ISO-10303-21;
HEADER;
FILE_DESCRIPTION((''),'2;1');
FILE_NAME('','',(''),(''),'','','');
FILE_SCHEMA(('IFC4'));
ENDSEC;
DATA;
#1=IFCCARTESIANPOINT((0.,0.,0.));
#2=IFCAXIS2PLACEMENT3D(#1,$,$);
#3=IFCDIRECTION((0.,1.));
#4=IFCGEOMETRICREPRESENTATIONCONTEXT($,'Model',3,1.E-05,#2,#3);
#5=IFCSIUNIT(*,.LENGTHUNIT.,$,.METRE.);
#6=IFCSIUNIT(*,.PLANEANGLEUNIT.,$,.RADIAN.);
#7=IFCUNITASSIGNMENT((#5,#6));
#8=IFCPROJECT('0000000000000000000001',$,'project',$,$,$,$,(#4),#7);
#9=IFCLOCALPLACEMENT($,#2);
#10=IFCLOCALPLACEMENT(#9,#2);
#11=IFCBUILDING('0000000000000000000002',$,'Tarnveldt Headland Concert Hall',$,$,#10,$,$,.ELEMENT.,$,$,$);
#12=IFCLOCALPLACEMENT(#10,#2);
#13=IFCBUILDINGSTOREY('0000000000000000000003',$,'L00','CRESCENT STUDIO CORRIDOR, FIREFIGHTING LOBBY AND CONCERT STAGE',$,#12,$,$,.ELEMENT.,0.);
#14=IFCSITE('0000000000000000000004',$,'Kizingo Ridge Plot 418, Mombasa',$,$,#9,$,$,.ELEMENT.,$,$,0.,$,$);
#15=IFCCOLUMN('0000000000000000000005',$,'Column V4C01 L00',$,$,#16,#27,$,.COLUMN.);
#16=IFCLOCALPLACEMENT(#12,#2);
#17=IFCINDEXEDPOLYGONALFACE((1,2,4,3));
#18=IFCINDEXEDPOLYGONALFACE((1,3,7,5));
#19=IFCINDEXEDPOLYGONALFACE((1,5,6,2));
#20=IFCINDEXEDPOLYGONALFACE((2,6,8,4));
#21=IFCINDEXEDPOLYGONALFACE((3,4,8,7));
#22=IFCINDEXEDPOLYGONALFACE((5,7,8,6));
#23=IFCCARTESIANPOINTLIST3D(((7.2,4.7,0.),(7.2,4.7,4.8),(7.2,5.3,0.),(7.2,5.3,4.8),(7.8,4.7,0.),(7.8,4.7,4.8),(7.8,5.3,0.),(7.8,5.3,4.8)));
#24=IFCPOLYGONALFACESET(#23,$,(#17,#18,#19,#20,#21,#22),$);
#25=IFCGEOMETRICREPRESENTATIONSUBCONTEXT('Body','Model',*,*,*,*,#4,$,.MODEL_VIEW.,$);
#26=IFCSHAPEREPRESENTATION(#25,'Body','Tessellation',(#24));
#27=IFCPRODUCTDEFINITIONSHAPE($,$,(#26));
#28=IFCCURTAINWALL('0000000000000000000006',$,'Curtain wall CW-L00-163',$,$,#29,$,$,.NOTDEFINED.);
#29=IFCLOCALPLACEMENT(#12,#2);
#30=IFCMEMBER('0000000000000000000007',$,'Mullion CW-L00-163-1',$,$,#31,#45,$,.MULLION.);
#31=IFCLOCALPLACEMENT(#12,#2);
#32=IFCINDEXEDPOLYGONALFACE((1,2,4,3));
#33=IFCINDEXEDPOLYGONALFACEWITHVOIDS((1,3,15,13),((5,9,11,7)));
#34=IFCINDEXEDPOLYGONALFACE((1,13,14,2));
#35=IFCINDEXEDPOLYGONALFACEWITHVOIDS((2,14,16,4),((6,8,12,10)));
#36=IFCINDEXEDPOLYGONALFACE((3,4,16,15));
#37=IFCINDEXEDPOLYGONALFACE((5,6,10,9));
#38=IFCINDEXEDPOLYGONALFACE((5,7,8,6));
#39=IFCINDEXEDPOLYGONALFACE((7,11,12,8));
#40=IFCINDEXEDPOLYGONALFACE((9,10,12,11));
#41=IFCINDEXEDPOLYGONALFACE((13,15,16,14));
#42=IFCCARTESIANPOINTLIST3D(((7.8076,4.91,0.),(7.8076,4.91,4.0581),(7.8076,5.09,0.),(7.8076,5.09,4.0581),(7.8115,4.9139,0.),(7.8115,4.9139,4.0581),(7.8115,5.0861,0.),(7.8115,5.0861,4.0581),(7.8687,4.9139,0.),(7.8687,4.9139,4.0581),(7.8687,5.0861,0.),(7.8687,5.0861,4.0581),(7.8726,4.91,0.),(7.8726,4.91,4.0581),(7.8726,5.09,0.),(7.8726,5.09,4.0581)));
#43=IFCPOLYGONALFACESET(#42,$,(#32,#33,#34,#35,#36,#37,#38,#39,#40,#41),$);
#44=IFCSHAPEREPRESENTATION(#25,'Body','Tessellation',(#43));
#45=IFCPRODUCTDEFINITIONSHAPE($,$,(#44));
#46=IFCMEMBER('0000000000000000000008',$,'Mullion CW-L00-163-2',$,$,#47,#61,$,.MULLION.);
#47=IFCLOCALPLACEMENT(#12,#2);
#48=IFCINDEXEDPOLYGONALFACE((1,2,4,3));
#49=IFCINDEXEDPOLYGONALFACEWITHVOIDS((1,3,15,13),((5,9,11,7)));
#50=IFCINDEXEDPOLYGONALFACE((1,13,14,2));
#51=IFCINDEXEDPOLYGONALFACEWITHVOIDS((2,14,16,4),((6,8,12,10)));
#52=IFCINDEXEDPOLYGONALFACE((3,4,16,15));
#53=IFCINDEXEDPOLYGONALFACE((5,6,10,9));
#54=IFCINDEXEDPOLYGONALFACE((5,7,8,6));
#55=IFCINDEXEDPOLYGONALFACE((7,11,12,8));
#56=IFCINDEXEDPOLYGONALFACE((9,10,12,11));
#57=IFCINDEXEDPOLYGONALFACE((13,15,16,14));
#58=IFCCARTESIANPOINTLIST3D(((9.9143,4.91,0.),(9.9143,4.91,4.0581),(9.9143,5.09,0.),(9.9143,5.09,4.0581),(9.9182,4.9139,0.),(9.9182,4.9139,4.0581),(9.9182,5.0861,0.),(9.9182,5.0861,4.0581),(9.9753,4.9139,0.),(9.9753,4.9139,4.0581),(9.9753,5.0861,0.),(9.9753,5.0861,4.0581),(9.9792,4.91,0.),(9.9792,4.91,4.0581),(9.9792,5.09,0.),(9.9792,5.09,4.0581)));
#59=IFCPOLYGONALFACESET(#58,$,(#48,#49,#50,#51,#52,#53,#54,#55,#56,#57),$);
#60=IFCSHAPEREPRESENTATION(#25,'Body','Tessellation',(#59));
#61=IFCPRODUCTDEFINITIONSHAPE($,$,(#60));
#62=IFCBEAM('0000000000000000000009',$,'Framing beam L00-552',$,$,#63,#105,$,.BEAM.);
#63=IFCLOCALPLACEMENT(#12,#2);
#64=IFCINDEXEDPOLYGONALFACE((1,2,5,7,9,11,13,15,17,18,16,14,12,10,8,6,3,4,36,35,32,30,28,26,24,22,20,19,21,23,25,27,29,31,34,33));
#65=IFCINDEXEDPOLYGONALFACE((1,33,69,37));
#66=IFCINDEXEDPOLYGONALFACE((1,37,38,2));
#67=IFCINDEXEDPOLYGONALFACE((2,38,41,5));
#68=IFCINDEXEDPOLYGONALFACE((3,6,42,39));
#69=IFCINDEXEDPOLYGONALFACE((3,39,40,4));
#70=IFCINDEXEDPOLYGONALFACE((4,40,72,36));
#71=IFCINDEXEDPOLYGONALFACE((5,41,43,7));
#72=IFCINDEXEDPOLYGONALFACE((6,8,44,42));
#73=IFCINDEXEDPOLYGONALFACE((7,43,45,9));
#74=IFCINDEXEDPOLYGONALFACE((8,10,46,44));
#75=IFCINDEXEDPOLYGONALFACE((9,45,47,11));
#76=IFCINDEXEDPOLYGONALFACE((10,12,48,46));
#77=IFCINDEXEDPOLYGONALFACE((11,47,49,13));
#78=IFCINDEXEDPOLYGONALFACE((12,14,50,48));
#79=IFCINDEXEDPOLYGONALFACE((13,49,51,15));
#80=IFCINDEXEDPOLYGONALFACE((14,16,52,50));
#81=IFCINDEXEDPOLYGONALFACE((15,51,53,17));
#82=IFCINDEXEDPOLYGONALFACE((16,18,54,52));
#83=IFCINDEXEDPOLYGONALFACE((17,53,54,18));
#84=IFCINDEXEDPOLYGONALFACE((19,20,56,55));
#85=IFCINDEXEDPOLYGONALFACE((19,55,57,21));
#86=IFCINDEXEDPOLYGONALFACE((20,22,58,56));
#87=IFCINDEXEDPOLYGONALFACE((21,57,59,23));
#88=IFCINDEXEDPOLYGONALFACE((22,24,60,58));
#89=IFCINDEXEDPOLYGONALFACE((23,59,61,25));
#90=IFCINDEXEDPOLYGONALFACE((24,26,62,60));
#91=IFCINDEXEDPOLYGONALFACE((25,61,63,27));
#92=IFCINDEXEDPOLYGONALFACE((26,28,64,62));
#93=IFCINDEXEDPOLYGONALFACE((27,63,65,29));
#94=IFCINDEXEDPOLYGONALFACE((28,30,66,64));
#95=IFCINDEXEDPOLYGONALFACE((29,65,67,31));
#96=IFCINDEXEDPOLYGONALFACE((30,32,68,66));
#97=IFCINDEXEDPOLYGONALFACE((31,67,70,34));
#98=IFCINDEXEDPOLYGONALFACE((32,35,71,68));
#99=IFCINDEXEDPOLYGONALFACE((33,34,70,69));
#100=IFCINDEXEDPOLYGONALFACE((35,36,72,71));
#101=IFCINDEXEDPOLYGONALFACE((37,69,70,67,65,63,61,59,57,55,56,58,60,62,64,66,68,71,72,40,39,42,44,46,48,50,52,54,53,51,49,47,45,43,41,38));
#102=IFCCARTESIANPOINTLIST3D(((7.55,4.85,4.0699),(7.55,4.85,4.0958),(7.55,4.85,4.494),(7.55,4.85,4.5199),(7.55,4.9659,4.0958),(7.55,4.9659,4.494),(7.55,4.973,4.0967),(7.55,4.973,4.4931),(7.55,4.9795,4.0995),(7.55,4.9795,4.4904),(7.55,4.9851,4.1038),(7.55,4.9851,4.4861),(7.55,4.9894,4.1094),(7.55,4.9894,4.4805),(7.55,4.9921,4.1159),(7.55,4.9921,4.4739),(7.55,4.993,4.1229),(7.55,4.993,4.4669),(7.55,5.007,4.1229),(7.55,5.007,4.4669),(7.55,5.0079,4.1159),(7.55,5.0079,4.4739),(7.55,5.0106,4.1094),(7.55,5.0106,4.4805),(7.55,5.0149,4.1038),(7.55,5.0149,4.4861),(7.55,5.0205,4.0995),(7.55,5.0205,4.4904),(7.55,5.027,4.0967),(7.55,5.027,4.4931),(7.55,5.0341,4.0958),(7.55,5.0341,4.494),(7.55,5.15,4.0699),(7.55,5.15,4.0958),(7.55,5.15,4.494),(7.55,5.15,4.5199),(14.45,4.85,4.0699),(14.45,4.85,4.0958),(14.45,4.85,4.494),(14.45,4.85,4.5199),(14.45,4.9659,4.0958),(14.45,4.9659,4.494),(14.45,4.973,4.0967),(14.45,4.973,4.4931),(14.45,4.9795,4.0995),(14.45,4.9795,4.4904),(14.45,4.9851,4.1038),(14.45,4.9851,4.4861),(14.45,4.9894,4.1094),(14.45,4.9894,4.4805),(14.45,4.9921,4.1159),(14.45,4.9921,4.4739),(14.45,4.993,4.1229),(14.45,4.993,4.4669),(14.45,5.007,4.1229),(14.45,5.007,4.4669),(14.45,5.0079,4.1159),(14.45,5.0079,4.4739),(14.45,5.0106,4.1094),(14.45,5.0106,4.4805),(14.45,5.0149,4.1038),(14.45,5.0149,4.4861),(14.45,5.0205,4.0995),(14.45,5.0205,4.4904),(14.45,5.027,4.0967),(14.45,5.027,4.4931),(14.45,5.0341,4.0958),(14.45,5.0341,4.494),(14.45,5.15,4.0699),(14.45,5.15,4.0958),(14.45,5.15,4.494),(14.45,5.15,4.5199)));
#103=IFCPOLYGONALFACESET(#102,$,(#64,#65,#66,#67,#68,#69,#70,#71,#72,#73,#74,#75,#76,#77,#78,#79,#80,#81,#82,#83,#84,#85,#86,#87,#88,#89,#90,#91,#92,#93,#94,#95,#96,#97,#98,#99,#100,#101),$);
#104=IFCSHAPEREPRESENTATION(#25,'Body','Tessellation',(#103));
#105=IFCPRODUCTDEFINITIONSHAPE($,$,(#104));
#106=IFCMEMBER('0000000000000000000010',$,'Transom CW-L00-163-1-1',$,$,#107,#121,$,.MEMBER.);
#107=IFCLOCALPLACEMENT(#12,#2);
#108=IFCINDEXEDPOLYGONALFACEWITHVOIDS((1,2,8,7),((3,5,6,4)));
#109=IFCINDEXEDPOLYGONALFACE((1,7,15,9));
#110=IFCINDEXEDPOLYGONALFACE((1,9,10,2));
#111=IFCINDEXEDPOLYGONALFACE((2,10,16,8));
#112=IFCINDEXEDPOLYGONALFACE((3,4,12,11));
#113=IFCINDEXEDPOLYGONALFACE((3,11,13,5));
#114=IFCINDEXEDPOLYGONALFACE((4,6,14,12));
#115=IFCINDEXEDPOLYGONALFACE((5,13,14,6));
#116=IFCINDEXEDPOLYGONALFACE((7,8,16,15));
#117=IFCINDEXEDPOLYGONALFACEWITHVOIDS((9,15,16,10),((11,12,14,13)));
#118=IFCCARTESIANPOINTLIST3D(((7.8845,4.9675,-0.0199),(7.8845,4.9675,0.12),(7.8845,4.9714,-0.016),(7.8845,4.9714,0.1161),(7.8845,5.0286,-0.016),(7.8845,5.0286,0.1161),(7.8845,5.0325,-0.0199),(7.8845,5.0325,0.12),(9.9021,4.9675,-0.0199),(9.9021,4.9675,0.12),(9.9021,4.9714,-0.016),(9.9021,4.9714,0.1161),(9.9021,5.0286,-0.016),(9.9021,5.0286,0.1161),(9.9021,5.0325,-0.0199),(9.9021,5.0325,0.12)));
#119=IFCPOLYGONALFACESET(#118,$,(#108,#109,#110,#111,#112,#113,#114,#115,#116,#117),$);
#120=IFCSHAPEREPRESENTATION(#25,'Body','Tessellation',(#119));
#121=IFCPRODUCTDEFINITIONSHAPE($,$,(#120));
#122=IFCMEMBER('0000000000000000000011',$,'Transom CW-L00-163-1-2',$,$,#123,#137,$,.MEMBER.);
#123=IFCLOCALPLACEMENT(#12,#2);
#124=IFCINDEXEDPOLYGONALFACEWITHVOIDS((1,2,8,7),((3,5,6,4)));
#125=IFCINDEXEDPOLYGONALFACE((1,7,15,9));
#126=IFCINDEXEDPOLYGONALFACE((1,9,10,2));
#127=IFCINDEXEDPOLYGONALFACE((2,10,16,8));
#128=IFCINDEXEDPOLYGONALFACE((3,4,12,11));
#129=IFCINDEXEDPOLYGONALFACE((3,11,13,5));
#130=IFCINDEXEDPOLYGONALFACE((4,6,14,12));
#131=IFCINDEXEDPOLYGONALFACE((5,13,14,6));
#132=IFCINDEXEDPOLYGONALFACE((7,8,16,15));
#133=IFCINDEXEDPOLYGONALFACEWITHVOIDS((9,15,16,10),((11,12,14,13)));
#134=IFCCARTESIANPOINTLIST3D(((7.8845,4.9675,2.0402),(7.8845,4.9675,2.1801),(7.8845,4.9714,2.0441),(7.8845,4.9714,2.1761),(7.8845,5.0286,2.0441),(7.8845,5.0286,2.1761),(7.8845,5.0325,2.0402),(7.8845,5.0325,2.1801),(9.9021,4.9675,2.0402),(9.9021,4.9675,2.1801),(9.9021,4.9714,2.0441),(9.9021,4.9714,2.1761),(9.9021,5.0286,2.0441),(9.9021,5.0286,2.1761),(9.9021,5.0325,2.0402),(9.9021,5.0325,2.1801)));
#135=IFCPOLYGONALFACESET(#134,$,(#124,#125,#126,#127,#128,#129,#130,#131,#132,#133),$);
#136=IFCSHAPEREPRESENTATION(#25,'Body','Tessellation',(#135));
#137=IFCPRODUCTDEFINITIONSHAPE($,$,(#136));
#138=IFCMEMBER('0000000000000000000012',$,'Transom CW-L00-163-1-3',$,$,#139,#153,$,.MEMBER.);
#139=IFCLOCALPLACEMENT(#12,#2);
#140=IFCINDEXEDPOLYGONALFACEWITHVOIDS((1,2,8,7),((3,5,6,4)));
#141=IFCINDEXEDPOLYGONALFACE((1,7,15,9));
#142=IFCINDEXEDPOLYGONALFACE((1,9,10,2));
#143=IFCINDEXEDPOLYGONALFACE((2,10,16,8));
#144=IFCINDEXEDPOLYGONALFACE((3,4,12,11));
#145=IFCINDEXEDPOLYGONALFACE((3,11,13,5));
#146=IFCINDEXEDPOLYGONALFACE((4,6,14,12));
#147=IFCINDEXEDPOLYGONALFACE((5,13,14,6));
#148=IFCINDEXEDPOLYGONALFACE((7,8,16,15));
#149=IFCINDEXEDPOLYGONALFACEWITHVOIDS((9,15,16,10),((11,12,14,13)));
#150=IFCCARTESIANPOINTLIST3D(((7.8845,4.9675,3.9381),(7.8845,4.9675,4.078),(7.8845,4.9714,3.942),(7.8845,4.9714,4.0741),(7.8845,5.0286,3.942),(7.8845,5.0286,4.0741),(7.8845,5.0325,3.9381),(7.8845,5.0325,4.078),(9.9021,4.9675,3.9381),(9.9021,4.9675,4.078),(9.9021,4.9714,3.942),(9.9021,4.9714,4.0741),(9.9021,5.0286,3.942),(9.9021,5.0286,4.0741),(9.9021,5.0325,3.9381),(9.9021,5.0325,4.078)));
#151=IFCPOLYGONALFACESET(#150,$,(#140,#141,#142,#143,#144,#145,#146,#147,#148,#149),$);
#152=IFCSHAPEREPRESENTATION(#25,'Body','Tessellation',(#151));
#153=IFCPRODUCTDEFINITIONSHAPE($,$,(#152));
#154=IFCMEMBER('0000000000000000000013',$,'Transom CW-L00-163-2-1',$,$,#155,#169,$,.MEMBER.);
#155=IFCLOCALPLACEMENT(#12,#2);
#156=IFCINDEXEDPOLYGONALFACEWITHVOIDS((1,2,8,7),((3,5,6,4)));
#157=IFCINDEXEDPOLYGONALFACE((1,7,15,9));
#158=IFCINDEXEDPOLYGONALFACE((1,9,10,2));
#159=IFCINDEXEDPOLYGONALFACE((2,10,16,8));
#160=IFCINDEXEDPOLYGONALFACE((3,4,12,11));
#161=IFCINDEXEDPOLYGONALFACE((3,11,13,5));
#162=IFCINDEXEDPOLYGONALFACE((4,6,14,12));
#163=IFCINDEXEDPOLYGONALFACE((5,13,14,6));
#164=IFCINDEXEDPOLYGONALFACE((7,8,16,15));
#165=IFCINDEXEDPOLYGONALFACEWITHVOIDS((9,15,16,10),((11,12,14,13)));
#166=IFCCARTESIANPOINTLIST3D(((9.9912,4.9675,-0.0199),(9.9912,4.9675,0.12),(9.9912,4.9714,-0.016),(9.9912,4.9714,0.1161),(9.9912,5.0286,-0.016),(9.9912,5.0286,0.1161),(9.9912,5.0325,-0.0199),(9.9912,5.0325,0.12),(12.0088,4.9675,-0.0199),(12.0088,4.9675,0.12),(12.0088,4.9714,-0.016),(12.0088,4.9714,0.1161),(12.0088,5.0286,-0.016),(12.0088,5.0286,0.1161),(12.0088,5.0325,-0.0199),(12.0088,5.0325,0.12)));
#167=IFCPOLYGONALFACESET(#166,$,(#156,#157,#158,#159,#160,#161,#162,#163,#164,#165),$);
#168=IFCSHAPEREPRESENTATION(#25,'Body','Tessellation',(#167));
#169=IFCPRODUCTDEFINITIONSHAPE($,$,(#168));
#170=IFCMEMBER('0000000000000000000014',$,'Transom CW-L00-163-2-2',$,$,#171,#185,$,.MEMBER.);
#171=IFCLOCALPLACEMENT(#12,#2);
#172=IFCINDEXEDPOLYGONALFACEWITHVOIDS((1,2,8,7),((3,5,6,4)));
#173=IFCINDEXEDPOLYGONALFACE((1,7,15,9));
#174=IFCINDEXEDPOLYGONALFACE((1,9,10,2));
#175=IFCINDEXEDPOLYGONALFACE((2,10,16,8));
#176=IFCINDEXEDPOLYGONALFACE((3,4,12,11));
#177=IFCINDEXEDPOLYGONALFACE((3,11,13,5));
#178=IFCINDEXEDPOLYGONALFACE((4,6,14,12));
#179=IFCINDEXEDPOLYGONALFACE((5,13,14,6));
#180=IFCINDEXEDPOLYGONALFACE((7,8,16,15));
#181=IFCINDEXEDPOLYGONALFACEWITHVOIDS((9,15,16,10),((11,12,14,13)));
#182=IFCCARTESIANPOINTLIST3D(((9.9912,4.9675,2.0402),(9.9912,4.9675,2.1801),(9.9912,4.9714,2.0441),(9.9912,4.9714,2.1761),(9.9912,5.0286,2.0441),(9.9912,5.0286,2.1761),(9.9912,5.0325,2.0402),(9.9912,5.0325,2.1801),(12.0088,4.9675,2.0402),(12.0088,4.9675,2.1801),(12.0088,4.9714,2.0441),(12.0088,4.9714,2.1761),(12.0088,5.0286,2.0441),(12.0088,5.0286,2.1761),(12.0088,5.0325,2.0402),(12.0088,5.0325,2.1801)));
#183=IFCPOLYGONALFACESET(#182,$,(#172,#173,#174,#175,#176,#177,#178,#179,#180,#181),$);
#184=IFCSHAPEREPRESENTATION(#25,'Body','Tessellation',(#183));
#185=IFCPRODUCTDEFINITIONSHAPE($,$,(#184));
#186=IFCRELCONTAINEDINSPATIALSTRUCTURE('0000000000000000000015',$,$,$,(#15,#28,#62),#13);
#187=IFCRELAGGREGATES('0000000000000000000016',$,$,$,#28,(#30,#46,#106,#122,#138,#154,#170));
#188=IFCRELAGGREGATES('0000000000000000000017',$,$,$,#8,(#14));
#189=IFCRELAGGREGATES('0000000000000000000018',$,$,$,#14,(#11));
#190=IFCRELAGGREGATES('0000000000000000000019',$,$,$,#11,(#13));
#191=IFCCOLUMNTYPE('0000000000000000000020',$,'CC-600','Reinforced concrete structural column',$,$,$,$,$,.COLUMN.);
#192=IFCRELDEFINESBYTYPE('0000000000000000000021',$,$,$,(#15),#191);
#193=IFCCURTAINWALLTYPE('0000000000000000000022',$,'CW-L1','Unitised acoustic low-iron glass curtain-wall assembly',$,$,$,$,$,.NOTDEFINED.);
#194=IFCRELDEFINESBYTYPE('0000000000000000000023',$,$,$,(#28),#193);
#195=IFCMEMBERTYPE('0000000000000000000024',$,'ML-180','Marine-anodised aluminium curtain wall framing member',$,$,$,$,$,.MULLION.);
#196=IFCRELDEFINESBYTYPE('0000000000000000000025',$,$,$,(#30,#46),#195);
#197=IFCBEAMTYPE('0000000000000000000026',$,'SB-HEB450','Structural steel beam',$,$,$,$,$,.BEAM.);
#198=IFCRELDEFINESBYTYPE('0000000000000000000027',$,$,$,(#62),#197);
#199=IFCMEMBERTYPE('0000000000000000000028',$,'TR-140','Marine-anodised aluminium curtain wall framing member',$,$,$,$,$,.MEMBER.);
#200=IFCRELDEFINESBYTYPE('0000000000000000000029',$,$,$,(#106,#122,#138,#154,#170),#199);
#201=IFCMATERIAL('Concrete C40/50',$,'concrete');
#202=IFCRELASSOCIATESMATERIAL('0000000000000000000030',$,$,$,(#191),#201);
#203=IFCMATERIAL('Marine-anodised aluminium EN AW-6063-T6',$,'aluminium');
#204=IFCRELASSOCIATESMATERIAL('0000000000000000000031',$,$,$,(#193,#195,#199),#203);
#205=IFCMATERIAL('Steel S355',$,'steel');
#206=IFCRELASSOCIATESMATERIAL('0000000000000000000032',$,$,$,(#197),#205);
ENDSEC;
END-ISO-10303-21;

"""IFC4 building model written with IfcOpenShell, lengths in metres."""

from ifc_helpers import new_model, si_unit, direction, frame, origin, origin_2d, place, context, subcontext, project, spatial, rectangle, hollow_rectangle, i_section, extrude, material, material_profile, profile_set, type_object, element, aggregate, save


model = new_model("IFC4")

# Units and contexts
model_context = context("Model", 3, precision=1e-05, world=origin(), true_north=direction((0.0, 1.0)))
body_context = subcontext(model_context, "Body", "Model", "MODEL_VIEW")
ifc_project = project(units=[si_unit("LENGTHUNIT", "METRE"), si_unit("PLANEANGLEUNIT", "RADIAN")], contexts=[model_context])

# Site, building, storey
site_placement = place(None, origin())
site = spatial("IfcSite", under=ifc_project, at=site_placement, Name="Kizingo Ridge Plot 418, Mombasa", CompositionType="ELEMENT", RefElevation=0.0)
building_placement = place(site_placement, origin())
building = spatial("IfcBuilding", under=site, at=building_placement, Name="Tarnveldt Headland Concert Hall", CompositionType="ELEMENT")
storey_placement = place(building_placement, origin())
storey = spatial("IfcBuildingStorey", under=building, at=storey_placement, Name="L00", Description="CRESCENT STUDIO CORRIDOR, FIREFIGHTING LOBBY AND CONCERT STAGE", CompositionType="ELEMENT", Elevation=0.0)

# Column
ifc_material_1 = material(Name="Concrete C40/50", Category="concrete")
ifc_material_profile_1 = material_profile(ifc_material_1, rectangle(XDim=0.6001, YDim=0.6001, at=origin_2d()), Name="RC 600x600", Category="concrete")
ifc_profile_set_1 = profile_set([ifc_material_profile_1], Name="Concrete C40/50")
column_type = type_object("IfcColumnType", Name="CC-600", Description="Reinforced concrete structural column", PredefinedType="COLUMN", material=ifc_profile_set_1)
column_placement = place(storey_placement, frame((7.5, 5.0, 0.0), z_axis=(0.0, 0.0, 1.0), x_axis=(1.0, 0.0, 0.0)))
element("IfcColumn", 1, at=column_placement, inside=storey, type_object=column_type, Name="Column V4C01 L00", PredefinedType="COLUMN", context=body_context, shape_type="SweptSolid", body=[
    extrude(rectangle(XDim=0.6001, YDim=0.6001, at=origin_2d()), origin(), (0.0, 0.0, 1.0), 4.8),
])

# Curtain wall, members
ifc_material_2 = material(Name="Marine-anodised aluminium EN AW-6063-T6", Category="aluminium")
curtain_wall_type = type_object("IfcCurtainWallType", Name="CW-L1", Description="Unitised acoustic low-iron glass curtain-wall assembly", PredefinedType="NOTDEFINED", material=ifc_material_2)
curtain_wall_placement = place(storey_placement, origin())
curtain_wall = element("IfcCurtainWall", 2, at=curtain_wall_placement, inside=storey, type_object=curtain_wall_type, Name="Curtain wall CW-L00-163", PredefinedType="NOTDEFINED")
ifc_material_profile_2 = material_profile(ifc_material_2, hollow_rectangle(XDim=0.0649, YDim=0.1799, WallThickness=0.0039, at=origin_2d()), Name="ALU MULLION 65x180x4", Category="aluminium")
ifc_profile_set_2 = profile_set([ifc_material_profile_2], Name="Marine-anodised aluminium EN AW-6063-T6")
member_type_1 = type_object("IfcMemberType", Name="ML-180", Description="Marine-anodised aluminium curtain wall framing member", PredefinedType="MULLION", material=ifc_profile_set_2)
member_1_placement = place(storey_placement, frame((7.8401, 5.0, 0.0), z_axis=(0.0, 0.0, 1.0), x_axis=(1.0, 0.0, 0.0)))
member_1 = element("IfcMember", 3, at=member_1_placement, type_object=member_type_1, Name="Mullion CW-L00-163-1", PredefinedType="MULLION", context=body_context, shape_type="SweptSolid", body=[
    extrude(hollow_rectangle(XDim=0.0649, YDim=0.1799, WallThickness=0.0039, at=origin_2d()), origin(), (0.0, 0.0, 1.0), 4.0581),
])
member_2_placement = place(storey_placement, frame((9.9468, 5.0, 0.0), z_axis=(0.0, 0.0, 1.0), x_axis=(1.0, 0.0, 0.0)))
member_2 = element("IfcMember", 4, at=member_2_placement, type_object=member_type_1, Name="Mullion CW-L00-163-2", PredefinedType="MULLION", context=body_context, shape_type="SweptSolid", body=[
    extrude(hollow_rectangle(XDim=0.0649, YDim=0.1799, WallThickness=0.0039, at=origin_2d()), origin(), (0.0, 0.0, 1.0), 4.0581),
])

# Beam
ifc_material_3 = material(Name="Steel S355", Category="steel")
ifc_material_profile_3 = material_profile(ifc_material_3, i_section(OverallWidth=0.3, OverallDepth=0.45, WebThickness=0.0139, FlangeThickness=0.0259, FilletRadius=0.0271, at=origin_2d()), Name="HEB450", Category="steel")
ifc_profile_set_3 = profile_set([ifc_material_profile_3], Name="Steel S355")
beam_type = type_object("IfcBeamType", Name="SB-HEB450", Description="Structural steel beam", PredefinedType="BEAM", material=ifc_profile_set_3)
beam_placement = place(storey_placement, frame((7.55, 5.0, 4.2949), z_axis=(1.0, 0.0, 0.0), x_axis=(0.0, 1.0, 0.0)))
element("IfcBeam", 5, at=beam_placement, inside=storey, type_object=beam_type, Name="Framing beam L00-552", PredefinedType="BEAM", context=body_context, shape_type="SweptSolid", body=[
    extrude(i_section(OverallWidth=0.3, OverallDepth=0.45, WebThickness=0.0139, FlangeThickness=0.0259, FilletRadius=0.0271, at=origin_2d()), origin(), (0.0, 0.0, 1.0), 6.8999),
])

# Members
ifc_material_profile_4 = material_profile(ifc_material_2, hollow_rectangle(XDim=0.0649, YDim=0.1399, WallThickness=0.0039, at=origin_2d()), Name="ALU TRANSOM 65x140x4", Category="aluminium")
ifc_profile_set_4 = profile_set([ifc_material_profile_4], Name="Marine-anodised aluminium EN AW-6063-T6")
member_type_2 = type_object("IfcMemberType", Name="TR-140", Description="Marine-anodised aluminium curtain wall framing member", PredefinedType="MEMBER", material=ifc_profile_set_4)
member_3_placement = place(storey_placement, frame((7.8845, 5.0, 0.05), z_axis=(1.0, 0.0, 0.0), x_axis=(0.0, 1.0, 0.0)))
member_3 = element("IfcMember", 6, at=member_3_placement, type_object=member_type_2, Name="Transom CW-L00-163-1-1", PredefinedType="MEMBER", context=body_context, shape_type="SweptSolid", body=[
    extrude(hollow_rectangle(XDim=0.0649, YDim=0.1399, WallThickness=0.0039, at=origin_2d()), origin(), (0.0, 0.0, 1.0), 2.0176),
])
member_4_placement = place(storey_placement, frame((7.8845, 5.0, 2.1101), z_axis=(1.0, 0.0, 0.0), x_axis=(0.0, 1.0, 0.0)))
member_4 = element("IfcMember", 7, at=member_4_placement, type_object=member_type_2, Name="Transom CW-L00-163-1-2", PredefinedType="MEMBER", context=body_context, shape_type="SweptSolid", body=[
    extrude(hollow_rectangle(XDim=0.0649, YDim=0.1399, WallThickness=0.0039, at=origin_2d()), origin(), (0.0, 0.0, 1.0), 2.0176),
])
member_5_placement = place(storey_placement, frame((7.8845, 5.0, 4.0081), z_axis=(1.0, 0.0, 0.0), x_axis=(0.0, 1.0, 0.0)))
member_5 = element("IfcMember", 8, at=member_5_placement, type_object=member_type_2, Name="Transom CW-L00-163-1-3", PredefinedType="MEMBER", context=body_context, shape_type="SweptSolid", body=[
    extrude(hollow_rectangle(XDim=0.0649, YDim=0.1399, WallThickness=0.0039, at=origin_2d()), origin(), (0.0, 0.0, 1.0), 2.0176),
])
member_6_placement = place(storey_placement, frame((9.9912, 5.0, 0.05), z_axis=(1.0, 0.0, 0.0), x_axis=(0.0, 1.0, 0.0)))
member_6 = element("IfcMember", 9, at=member_6_placement, type_object=member_type_2, Name="Transom CW-L00-163-2-1", PredefinedType="MEMBER", context=body_context, shape_type="SweptSolid", body=[
    extrude(hollow_rectangle(XDim=0.0649, YDim=0.1399, WallThickness=0.0039, at=origin_2d()), origin(), (0.0, 0.0, 1.0), 2.0176),
])
member_7_placement = place(storey_placement, frame((9.9912, 5.0, 2.1101), z_axis=(1.0, 0.0, 0.0), x_axis=(0.0, 1.0, 0.0)))
member_7 = element("IfcMember", 10, at=member_7_placement, type_object=member_type_2, Name="Transom CW-L00-163-2-2", PredefinedType="MEMBER", context=body_context, shape_type="SweptSolid", body=[
    extrude(hollow_rectangle(XDim=0.0649, YDim=0.1399, WallThickness=0.0039, at=origin_2d()), origin(), (0.0, 0.0, 1.0), 2.0176),
])

aggregate(curtain_wall, [member_1, member_2, member_3, member_4, member_5, member_6, member_7])

save(model, "model.ifc")
